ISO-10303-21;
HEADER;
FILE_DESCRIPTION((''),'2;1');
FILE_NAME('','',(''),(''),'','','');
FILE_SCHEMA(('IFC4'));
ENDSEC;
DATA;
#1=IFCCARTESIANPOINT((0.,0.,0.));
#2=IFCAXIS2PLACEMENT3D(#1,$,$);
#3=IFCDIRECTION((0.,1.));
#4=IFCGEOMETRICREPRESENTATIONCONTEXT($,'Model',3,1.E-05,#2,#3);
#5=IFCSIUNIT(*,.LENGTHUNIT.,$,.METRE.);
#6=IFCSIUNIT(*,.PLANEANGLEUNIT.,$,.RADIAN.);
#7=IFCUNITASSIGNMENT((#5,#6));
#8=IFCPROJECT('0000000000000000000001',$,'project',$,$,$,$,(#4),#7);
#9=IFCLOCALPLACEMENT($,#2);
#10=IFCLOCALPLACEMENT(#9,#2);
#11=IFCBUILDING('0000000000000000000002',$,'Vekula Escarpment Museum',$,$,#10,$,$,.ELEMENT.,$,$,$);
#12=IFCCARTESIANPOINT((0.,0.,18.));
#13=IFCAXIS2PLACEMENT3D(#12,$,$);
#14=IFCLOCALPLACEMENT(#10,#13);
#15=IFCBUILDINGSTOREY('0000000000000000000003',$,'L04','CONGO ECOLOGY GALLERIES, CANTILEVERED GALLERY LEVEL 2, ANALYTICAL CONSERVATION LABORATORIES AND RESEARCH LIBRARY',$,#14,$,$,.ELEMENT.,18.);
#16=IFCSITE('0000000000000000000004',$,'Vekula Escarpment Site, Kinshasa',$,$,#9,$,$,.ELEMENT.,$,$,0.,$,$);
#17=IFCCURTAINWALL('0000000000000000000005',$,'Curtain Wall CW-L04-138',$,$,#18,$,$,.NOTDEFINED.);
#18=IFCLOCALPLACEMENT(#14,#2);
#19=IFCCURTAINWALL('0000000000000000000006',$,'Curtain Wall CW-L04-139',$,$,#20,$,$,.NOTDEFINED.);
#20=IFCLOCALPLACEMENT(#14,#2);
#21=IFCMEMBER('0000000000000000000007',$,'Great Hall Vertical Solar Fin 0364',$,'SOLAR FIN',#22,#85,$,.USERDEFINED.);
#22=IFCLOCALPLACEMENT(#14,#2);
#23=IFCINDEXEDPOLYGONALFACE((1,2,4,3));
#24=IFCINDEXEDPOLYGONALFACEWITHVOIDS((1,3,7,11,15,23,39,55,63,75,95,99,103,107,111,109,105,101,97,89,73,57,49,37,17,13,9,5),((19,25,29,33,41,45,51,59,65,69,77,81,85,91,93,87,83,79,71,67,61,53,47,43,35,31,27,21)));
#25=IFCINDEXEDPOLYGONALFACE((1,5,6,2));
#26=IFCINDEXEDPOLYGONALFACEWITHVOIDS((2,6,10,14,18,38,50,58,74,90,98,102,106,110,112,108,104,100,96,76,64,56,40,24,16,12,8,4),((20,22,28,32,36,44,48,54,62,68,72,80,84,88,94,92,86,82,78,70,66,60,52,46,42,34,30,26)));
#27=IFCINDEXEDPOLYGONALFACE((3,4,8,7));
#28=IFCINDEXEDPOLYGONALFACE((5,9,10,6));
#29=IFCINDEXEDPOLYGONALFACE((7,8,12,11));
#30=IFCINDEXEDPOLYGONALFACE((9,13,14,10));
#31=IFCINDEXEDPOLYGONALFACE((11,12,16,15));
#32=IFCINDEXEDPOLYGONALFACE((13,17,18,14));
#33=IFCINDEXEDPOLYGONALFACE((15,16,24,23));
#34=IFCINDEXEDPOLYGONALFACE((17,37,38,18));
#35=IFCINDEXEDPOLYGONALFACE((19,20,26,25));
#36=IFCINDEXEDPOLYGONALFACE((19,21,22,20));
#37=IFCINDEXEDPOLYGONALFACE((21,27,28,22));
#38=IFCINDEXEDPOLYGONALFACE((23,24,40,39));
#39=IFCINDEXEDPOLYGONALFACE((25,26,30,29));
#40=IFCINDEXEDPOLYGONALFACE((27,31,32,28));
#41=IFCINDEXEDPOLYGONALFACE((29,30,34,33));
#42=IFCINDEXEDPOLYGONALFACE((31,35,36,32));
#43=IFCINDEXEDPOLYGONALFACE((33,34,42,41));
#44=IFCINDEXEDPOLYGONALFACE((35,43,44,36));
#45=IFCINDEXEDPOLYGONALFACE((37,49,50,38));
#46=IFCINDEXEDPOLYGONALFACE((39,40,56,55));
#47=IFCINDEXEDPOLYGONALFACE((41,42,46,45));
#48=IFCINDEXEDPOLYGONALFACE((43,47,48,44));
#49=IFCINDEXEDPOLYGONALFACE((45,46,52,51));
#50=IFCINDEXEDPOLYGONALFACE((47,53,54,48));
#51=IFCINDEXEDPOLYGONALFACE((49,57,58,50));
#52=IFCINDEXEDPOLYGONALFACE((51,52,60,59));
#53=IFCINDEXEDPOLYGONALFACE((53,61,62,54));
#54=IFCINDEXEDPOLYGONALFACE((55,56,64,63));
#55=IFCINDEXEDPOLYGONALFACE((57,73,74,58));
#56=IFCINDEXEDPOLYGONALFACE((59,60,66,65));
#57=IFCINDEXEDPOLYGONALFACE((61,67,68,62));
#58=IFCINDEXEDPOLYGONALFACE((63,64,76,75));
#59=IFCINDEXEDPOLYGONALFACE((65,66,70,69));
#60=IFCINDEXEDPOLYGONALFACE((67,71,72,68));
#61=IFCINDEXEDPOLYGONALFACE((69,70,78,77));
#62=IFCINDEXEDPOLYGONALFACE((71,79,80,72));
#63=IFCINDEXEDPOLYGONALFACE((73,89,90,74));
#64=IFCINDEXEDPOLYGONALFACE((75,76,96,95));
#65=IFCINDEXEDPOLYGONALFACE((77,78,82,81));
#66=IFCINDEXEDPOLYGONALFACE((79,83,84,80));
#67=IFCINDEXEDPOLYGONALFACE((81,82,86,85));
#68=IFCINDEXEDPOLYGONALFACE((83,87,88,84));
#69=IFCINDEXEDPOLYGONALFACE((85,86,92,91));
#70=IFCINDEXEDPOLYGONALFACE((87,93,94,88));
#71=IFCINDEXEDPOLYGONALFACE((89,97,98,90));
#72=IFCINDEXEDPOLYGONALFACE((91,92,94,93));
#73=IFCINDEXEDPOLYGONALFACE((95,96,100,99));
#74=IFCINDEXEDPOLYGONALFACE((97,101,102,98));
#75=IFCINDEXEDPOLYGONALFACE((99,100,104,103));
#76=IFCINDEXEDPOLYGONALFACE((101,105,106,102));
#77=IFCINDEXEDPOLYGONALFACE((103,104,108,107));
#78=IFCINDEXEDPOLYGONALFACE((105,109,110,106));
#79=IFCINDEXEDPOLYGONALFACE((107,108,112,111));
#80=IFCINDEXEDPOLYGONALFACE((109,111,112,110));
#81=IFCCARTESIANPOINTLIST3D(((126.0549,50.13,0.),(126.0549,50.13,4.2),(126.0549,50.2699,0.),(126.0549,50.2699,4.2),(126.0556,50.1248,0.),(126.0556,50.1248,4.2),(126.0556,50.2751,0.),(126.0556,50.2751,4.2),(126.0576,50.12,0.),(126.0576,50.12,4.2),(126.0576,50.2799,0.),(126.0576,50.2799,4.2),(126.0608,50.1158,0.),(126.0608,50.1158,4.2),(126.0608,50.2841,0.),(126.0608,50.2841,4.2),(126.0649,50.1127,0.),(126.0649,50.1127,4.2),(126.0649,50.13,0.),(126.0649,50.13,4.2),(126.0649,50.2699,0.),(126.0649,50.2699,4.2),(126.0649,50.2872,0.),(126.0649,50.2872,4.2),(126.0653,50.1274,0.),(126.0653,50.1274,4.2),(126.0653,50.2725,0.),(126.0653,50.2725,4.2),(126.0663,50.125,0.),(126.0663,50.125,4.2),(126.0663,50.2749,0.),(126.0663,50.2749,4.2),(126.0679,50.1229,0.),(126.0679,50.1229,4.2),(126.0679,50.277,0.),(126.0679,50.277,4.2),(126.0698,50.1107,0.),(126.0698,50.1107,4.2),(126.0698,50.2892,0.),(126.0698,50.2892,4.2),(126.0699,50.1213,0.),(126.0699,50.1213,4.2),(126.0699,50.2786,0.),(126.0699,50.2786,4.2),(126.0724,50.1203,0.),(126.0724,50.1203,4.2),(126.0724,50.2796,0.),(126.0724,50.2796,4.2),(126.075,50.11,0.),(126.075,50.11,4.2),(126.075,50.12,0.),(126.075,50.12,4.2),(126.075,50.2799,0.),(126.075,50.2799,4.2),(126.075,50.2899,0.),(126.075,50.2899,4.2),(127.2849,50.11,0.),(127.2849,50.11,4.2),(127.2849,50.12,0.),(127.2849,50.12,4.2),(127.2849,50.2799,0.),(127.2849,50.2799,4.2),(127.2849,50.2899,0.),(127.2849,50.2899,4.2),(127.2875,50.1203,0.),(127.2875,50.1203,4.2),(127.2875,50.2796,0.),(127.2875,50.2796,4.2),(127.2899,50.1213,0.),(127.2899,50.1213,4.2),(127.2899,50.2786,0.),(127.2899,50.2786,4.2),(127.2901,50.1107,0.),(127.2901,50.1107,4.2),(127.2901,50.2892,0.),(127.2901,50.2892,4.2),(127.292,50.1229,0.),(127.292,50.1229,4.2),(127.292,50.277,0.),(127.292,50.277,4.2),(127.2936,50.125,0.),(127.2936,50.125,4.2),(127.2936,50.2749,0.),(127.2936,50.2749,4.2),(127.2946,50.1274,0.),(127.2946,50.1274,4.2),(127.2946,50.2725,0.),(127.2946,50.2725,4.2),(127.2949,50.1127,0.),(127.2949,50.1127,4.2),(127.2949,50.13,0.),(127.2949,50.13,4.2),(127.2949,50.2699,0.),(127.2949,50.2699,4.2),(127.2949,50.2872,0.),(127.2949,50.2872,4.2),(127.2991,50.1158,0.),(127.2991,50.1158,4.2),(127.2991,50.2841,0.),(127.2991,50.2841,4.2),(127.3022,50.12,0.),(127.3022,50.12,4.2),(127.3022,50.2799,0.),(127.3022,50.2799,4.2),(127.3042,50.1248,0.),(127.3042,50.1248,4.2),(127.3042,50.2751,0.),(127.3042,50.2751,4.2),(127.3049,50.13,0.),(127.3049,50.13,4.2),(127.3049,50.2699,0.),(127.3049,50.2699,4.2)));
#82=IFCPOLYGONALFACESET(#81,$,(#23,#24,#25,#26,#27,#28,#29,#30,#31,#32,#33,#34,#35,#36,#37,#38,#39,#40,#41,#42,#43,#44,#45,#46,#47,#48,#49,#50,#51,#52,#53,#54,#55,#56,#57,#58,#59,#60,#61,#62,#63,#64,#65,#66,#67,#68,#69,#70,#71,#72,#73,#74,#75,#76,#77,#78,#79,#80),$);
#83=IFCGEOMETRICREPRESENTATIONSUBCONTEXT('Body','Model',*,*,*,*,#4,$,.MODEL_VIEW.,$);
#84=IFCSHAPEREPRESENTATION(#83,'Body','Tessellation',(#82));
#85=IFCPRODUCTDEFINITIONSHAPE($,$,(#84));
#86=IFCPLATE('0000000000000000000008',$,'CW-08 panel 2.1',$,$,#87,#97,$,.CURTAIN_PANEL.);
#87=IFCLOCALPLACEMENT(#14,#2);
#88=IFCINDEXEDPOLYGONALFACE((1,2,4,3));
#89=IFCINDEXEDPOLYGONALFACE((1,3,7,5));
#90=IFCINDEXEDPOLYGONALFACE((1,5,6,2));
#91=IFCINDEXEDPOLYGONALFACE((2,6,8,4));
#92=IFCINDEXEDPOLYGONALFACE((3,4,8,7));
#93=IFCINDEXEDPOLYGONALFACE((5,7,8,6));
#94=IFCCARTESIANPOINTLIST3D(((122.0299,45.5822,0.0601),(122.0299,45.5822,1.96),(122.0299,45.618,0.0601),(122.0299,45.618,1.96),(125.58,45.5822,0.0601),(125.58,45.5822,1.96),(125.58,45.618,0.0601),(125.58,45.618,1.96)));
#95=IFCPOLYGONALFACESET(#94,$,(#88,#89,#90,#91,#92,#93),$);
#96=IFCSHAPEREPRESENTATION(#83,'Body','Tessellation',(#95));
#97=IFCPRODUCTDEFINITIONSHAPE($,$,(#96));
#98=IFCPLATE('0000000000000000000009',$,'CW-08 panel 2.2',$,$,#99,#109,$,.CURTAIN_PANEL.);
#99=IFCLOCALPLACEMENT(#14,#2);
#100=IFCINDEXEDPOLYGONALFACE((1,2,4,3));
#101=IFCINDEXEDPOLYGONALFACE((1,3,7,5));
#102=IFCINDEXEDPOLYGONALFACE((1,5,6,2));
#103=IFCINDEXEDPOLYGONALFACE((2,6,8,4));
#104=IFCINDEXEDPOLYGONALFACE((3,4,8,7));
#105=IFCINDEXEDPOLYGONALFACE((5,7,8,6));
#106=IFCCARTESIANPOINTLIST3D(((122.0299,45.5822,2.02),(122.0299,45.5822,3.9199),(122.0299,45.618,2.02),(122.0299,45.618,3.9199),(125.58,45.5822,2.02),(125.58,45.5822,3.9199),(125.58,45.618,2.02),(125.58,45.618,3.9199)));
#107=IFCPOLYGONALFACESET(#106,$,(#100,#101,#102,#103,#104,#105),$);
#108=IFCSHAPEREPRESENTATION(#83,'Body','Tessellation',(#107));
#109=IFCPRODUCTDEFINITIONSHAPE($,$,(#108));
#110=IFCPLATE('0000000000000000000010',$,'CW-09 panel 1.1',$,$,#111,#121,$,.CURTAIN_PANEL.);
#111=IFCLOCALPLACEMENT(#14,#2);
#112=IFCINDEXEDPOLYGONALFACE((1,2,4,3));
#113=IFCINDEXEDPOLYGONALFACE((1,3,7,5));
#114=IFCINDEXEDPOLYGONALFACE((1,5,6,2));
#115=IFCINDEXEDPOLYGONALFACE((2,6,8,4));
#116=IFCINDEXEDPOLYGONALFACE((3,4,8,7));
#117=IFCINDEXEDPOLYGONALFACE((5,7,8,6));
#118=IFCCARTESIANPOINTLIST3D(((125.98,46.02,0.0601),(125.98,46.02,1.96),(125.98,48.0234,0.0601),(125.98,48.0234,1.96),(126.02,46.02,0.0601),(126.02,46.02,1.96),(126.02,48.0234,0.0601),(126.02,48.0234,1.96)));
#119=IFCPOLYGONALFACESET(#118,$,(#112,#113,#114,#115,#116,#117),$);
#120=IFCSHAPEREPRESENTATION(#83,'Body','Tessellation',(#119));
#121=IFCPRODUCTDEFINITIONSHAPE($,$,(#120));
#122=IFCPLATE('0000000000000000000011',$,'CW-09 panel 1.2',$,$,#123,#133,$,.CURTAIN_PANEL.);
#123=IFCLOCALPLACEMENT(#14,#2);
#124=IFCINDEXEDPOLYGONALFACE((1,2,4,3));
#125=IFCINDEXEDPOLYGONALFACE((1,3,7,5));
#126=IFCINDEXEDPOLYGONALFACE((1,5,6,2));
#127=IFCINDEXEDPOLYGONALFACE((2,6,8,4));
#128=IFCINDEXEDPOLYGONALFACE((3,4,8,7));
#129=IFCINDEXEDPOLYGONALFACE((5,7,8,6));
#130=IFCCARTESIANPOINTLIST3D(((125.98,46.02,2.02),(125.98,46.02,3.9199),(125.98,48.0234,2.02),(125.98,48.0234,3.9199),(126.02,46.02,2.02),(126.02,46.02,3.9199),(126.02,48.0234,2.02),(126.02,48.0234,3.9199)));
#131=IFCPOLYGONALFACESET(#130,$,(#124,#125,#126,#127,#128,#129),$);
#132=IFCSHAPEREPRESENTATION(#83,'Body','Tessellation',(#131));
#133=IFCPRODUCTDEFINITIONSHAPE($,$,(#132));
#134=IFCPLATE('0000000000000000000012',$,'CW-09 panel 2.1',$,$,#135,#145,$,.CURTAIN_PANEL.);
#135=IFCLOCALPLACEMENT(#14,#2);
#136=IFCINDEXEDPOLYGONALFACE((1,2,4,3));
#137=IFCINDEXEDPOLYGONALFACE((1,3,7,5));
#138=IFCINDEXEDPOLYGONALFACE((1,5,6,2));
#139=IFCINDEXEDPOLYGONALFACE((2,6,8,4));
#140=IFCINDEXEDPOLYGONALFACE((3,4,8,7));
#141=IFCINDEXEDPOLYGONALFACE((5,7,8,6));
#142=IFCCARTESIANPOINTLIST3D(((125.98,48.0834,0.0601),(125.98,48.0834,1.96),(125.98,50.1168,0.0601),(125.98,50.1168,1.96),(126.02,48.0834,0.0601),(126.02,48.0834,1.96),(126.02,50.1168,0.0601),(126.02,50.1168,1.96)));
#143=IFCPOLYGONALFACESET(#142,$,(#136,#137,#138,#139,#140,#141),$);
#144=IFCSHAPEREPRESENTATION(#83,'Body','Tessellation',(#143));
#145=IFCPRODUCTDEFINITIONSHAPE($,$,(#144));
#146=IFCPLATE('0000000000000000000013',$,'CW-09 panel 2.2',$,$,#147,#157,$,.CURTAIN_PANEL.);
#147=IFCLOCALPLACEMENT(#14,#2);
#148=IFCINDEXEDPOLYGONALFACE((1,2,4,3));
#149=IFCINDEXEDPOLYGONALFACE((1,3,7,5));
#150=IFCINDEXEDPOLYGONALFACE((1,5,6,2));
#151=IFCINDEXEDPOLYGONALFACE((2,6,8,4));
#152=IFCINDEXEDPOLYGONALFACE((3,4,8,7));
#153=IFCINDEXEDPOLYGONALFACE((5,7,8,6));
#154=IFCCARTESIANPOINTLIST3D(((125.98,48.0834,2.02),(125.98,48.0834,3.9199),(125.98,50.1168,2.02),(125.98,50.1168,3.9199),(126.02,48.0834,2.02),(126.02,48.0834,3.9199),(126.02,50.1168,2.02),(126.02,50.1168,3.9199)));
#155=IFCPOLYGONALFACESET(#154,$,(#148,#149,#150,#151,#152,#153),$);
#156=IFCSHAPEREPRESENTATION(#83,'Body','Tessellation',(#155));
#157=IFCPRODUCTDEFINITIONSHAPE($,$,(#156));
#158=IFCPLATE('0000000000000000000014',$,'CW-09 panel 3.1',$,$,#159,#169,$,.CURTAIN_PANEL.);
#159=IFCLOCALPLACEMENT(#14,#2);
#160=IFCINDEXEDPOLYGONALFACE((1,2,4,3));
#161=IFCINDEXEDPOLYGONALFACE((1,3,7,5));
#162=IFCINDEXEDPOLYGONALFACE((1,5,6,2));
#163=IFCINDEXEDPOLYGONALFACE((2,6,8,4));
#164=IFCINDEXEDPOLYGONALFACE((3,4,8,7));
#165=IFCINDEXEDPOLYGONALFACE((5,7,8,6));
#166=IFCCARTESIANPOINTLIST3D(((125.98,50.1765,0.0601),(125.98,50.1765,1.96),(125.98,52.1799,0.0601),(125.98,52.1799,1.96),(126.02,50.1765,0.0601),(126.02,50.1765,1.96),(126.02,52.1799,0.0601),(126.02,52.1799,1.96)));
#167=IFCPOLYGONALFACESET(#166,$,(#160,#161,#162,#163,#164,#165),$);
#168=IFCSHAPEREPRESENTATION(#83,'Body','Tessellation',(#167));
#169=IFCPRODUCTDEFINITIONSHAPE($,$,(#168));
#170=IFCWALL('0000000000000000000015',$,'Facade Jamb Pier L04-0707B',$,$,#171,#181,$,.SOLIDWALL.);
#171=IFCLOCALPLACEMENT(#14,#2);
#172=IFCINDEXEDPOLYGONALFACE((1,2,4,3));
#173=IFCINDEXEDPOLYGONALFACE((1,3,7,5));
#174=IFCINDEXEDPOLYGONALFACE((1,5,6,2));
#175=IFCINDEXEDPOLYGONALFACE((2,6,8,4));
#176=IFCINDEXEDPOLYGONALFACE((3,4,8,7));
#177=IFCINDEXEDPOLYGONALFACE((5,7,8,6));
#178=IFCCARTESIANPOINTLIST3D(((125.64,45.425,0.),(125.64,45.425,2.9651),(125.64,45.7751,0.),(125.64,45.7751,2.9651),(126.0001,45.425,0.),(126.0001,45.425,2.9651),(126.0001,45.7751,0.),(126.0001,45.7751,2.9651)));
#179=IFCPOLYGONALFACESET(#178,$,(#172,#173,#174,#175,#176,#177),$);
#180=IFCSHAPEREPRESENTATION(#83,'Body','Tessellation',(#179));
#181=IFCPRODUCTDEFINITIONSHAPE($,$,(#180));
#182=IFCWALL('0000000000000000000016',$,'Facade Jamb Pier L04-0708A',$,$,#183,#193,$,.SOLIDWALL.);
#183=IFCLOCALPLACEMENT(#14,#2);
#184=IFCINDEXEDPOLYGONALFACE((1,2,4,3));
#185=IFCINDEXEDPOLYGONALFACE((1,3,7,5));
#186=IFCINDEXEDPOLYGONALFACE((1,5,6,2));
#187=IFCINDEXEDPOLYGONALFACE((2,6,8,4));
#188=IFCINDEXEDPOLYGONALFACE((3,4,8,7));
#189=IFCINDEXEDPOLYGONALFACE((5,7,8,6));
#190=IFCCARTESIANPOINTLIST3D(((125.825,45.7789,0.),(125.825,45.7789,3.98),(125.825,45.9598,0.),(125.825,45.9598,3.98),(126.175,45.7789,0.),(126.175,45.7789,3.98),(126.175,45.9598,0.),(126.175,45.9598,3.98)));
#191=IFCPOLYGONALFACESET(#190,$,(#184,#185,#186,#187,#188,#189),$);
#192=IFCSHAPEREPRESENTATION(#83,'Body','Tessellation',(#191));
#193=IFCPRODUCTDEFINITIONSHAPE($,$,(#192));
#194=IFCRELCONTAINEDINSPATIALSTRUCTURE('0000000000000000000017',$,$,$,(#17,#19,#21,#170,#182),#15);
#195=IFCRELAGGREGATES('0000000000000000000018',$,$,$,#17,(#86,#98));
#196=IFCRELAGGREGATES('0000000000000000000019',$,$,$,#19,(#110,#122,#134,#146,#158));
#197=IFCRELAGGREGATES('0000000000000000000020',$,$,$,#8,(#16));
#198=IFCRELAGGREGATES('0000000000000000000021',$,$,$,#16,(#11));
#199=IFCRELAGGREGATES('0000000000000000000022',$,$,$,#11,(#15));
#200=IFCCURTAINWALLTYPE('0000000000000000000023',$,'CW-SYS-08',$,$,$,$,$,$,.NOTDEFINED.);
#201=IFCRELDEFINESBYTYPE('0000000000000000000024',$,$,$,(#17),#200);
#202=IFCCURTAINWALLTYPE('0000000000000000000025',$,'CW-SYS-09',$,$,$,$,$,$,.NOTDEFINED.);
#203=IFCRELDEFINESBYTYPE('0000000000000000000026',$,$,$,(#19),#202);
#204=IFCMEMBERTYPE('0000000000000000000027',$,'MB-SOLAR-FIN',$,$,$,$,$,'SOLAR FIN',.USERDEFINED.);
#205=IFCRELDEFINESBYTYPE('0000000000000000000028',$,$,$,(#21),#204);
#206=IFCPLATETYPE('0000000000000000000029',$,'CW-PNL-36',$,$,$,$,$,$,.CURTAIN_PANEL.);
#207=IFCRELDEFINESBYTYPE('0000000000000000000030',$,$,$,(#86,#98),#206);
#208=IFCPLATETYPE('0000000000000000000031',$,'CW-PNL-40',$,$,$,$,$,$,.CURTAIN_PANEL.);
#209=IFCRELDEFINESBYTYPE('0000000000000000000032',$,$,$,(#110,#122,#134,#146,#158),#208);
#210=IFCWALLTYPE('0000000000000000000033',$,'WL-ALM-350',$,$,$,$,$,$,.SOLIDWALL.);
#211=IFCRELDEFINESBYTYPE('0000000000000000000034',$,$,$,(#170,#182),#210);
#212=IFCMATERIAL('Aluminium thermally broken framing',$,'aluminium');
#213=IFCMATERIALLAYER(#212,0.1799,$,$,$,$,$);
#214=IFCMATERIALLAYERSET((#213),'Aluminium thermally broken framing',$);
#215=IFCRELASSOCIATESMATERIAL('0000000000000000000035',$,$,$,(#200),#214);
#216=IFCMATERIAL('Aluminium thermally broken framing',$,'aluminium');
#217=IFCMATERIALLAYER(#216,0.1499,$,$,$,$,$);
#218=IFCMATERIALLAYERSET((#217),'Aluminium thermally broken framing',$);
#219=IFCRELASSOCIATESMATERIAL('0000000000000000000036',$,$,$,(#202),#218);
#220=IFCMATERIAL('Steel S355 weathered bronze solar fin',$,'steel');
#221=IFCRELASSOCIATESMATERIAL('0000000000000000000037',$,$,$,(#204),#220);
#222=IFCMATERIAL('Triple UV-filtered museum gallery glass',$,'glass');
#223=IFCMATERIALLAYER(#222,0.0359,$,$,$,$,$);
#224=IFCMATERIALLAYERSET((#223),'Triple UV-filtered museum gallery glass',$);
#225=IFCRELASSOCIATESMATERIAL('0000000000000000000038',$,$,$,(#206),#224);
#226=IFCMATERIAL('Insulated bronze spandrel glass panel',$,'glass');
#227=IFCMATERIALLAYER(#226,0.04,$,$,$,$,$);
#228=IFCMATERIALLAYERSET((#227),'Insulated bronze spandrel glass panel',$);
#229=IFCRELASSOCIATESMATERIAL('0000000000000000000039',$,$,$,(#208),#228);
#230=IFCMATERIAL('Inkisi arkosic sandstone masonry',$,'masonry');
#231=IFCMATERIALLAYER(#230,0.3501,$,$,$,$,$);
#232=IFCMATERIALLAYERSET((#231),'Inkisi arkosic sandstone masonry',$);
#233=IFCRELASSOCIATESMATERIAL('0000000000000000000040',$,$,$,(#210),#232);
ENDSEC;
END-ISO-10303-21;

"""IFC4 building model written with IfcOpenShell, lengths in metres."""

from ifc_helpers import new_model, si_unit, direction, frame, frame_2d, origin, origin_2d, place, context, subcontext, project, spatial, rectangle, hollow_rectangle, extrude, material, layer, layer_set, material_profile, profile_set, type_object, element, aggregate, save


model = new_model("IFC4")

# Units and contexts
model_context = context("Model", 3, precision=1e-05, world=origin(), true_north=direction((0.0, 1.0)))
body_context = subcontext(model_context, "Body", "Model", "MODEL_VIEW")
ifc_project = project(units=[si_unit("LENGTHUNIT", "METRE"), si_unit("PLANEANGLEUNIT", "RADIAN")], contexts=[model_context])

# Site, building, storey
site_placement = place(None, origin())
site = spatial("IfcSite", under=ifc_project, at=site_placement, Name="Vekula Escarpment Site, Kinshasa", CompositionType="ELEMENT", RefElevation=0.0)
building_placement = place(site_placement, origin())
building = spatial("IfcBuilding", under=site, at=building_placement, Name="Vekula Escarpment Museum", CompositionType="ELEMENT")
storey_placement = place(building_placement, frame((0.0, 0.0, 18.0)))
storey = spatial("IfcBuildingStorey", under=building, at=storey_placement, Name="L04", Description="CONGO ECOLOGY GALLERIES, CANTILEVERED GALLERY LEVEL 2, ANALYTICAL CONSERVATION LABORATORIES AND RESEARCH LIBRARY", CompositionType="ELEMENT", Elevation=18.0)

# Curtain wall
ifc_material_1 = material(Name="Aluminium thermally broken framing", Category="aluminium")
ifc_layer_1 = layer(ifc_material_1, 0.1799)
ifc_layer_set_1 = layer_set([ifc_layer_1], Name="Aluminium thermally broken framing")
curtain_wall_type_1 = type_object("IfcCurtainWallType", Name="CW-SYS-08", PredefinedType="NOTDEFINED", material=ifc_layer_set_1)
curtain_wall_1_placement = place(storey_placement, origin())
curtain_wall_1 = element("IfcCurtainWall", 1, at=curtain_wall_1_placement, inside=storey, type_object=curtain_wall_type_1, Name="Curtain Wall CW-L04-138", PredefinedType="NOTDEFINED")

# Curtain wall
ifc_material_2 = material(Name="Aluminium thermally broken framing", Category="aluminium")
ifc_layer_2 = layer(ifc_material_2, 0.1499)
ifc_layer_set_2 = layer_set([ifc_layer_2], Name="Aluminium thermally broken framing")
curtain_wall_type_2 = type_object("IfcCurtainWallType", Name="CW-SYS-09", PredefinedType="NOTDEFINED", material=ifc_layer_set_2)
curtain_wall_2_placement = place(storey_placement, origin())
curtain_wall_2 = element("IfcCurtainWall", 2, at=curtain_wall_2_placement, inside=storey, type_object=curtain_wall_type_2, Name="Curtain Wall CW-L04-139", PredefinedType="NOTDEFINED")

# Member
ifc_material_3 = material(Name="Steel S355 weathered bronze solar fin", Category="steel")
ifc_material_profile_1 = material_profile(ifc_material_3, hollow_rectangle(XDim=0.1799, YDim=1.25, WallThickness=0.01, InnerFilletRadius=0.01, OuterFilletRadius=0.02, at=origin_2d()), Name="RHS 1250x180x10")
ifc_profile_set_1 = profile_set([ifc_material_profile_1], Name="Steel S355 weathered bronze solar fin")
member_type_1 = type_object("IfcMemberType", Name="MB-SOLAR-FIN", ElementType="SOLAR FIN", PredefinedType="USERDEFINED", material=ifc_profile_set_1)
for number, where, z_axis, x_axis, name in (
    (3, (126.6799, 50.2, 0.0), (0.0, 0.0, 1.0), (0.0, 1.0, 0.0), "Great Hall Vertical Solar Fin 0364"),
):
    element("IfcMember", number, at=place(storey_placement, frame(where, z_axis=z_axis, x_axis=x_axis)), inside=storey, type_object=member_type_1, Name=name, ObjectType="SOLAR FIN", PredefinedType="USERDEFINED", context=body_context, shape_type="SweptSolid", body=[
        extrude(hollow_rectangle(XDim=0.1799, YDim=1.25, WallThickness=0.01, InnerFilletRadius=0.01, OuterFilletRadius=0.02, at=origin_2d()), origin(), (0.0, 0.0, 1.0), 4.2),
    ])

# Plates
ifc_material_4 = material(Name="Triple UV-filtered museum gallery glass", Category="glass")
ifc_layer_3 = layer(ifc_material_4, 0.0359)
ifc_layer_set_3 = layer_set([ifc_layer_3], Name="Triple UV-filtered museum gallery glass")
plate_type_1 = type_object("IfcPlateType", Name="CW-PNL-36", PredefinedType="CURTAIN_PANEL", material=ifc_layer_set_3)
plate_1_placement = place(storey_placement, frame((123.8049, 45.6001, 0.0601), z_axis=(0.0, 0.0, 1.0), x_axis=(1.0, 0.0, 0.0)))
plate_1 = element("IfcPlate", 4, at=plate_1_placement, type_object=plate_type_1, Name="CW-08 panel 2.1", PredefinedType="CURTAIN_PANEL", context=body_context, shape_type="SweptSolid", body=[
    extrude(rectangle(XDim=3.55, YDim=0.0359, at=origin_2d()), origin(), (0.0, 0.0, 1.0), 1.8999),
])
plate_2_placement = place(storey_placement, frame((123.8049, 45.6001, 2.02), z_axis=(0.0, 0.0, 1.0), x_axis=(1.0, 0.0, 0.0)))
plate_2 = element("IfcPlate", 5, at=plate_2_placement, type_object=plate_type_1, Name="CW-08 panel 2.2", PredefinedType="CURTAIN_PANEL", context=body_context, shape_type="SweptSolid", body=[
    extrude(rectangle(XDim=3.55, YDim=0.0359, at=origin_2d()), origin(), (0.0, 0.0, 1.0), 1.8999),
])
aggregate(curtain_wall_1, [plate_1, plate_2])
ifc_material_5 = material(Name="Insulated bronze spandrel glass panel", Category="glass")
ifc_layer_4 = layer(ifc_material_5, 0.04)
ifc_layer_set_4 = layer_set([ifc_layer_4], Name="Insulated bronze spandrel glass panel")
plate_type_2 = type_object("IfcPlateType", Name="CW-PNL-40", PredefinedType="CURTAIN_PANEL", material=ifc_layer_set_4)
plate_3_placement = place(storey_placement, frame((126.0, 47.0217, 0.0601), z_axis=(0.0, 0.0, 1.0), x_axis=(0.0, 1.0, 0.0)))
plate_3 = element("IfcPlate", 6, at=plate_3_placement, type_object=plate_type_2, Name="CW-09 panel 1.1", PredefinedType="CURTAIN_PANEL", context=body_context, shape_type="SweptSolid", body=[
    extrude(rectangle(XDim=2.0034, YDim=0.04, at=origin_2d()), origin(), (0.0, 0.0, 1.0), 1.8999),
])
plate_4_placement = place(storey_placement, frame((126.0, 47.0217, 2.02), z_axis=(0.0, 0.0, 1.0), x_axis=(0.0, 1.0, 0.0)))
plate_4 = element("IfcPlate", 7, at=plate_4_placement, type_object=plate_type_2, Name="CW-09 panel 1.2", PredefinedType="CURTAIN_PANEL", context=body_context, shape_type="SweptSolid", body=[
    extrude(rectangle(XDim=2.0034, YDim=0.04, at=origin_2d()), origin(), (0.0, 0.0, 1.0), 1.8999),
])
plate_5_placement = place(storey_placement, frame((126.0, 49.1001, 0.0601), z_axis=(0.0, 0.0, 1.0), x_axis=(0.0, 1.0, 0.0)))
plate_5 = element("IfcPlate", 8, at=plate_5_placement, type_object=plate_type_2, Name="CW-09 panel 2.1", PredefinedType="CURTAIN_PANEL", context=body_context, shape_type="SweptSolid", body=[
    extrude(rectangle(XDim=2.0334, YDim=0.04, at=origin_2d()), origin(), (0.0, 0.0, 1.0), 1.8999),
])
plate_6_placement = place(storey_placement, frame((126.0, 49.1001, 2.02), z_axis=(0.0, 0.0, 1.0), x_axis=(0.0, 1.0, 0.0)))
plate_6 = element("IfcPlate", 9, at=plate_6_placement, type_object=plate_type_2, Name="CW-09 panel 2.2", PredefinedType="CURTAIN_PANEL", context=body_context, shape_type="SweptSolid", body=[
    extrude(rectangle(XDim=2.0334, YDim=0.04, at=origin_2d()), origin(), (0.0, 0.0, 1.0), 1.8999),
])
plate_7_placement = place(storey_placement, frame((126.0, 51.1782, 0.0601), z_axis=(0.0, 0.0, 1.0), x_axis=(0.0, 1.0, 0.0)))
plate_7 = element("IfcPlate", 10, at=plate_7_placement, type_object=plate_type_2, Name="CW-09 panel 3.1", PredefinedType="CURTAIN_PANEL", context=body_context, shape_type="SweptSolid", body=[
    extrude(rectangle(XDim=2.0034, YDim=0.04, at=origin_2d()), origin(), (0.0, 0.0, 1.0), 1.8999),
])
aggregate(curtain_wall_2, [plate_3, plate_4, plate_5, plate_6, plate_7])

# Walls
ifc_material_6 = material(Name="Inkisi arkosic sandstone masonry", Category="masonry")
ifc_layer_5 = layer(ifc_material_6, 0.3501)
ifc_layer_set_5 = layer_set([ifc_layer_5], Name="Inkisi arkosic sandstone masonry")
wall_type = type_object("IfcWallType", Name="WL-ALM-350", PredefinedType="SOLIDWALL", material=ifc_layer_set_5)
wall_1_placement = place(storey_placement, frame((125.6399, 45.6001, 0.0), z_axis=(0.0, 0.0, 1.0), x_axis=(1.0, 0.0, 0.0)))
element("IfcWall", 11, at=wall_1_placement, inside=storey, type_object=wall_type, Name="Facade Jamb Pier L04-0707B", PredefinedType="SOLIDWALL", context=body_context, shape_type="SweptSolid", body=[
    extrude(rectangle(XDim=0.3601, YDim=0.3501, at=frame_2d((0.1802, 0.0))), origin(), (0.0, 0.0, 1.0), 2.9651),
])
wall_2_placement = place(storey_placement, frame((126.0, 45.7791, 0.0), z_axis=(0.0, 0.0, 1.0), x_axis=(0.0, 1.0, 0.0)))
element("IfcWall", 12, at=wall_2_placement, inside=storey, type_object=wall_type, Name="Facade Jamb Pier L04-0708A", PredefinedType="SOLIDWALL", context=body_context, shape_type="SweptSolid", body=[
    extrude(rectangle(XDim=0.1809, YDim=0.3501, at=frame_2d((0.0903, 0.0))), origin(), (0.0, 0.0, 1.0), 3.98),
])

save(model, "model.ifc")
